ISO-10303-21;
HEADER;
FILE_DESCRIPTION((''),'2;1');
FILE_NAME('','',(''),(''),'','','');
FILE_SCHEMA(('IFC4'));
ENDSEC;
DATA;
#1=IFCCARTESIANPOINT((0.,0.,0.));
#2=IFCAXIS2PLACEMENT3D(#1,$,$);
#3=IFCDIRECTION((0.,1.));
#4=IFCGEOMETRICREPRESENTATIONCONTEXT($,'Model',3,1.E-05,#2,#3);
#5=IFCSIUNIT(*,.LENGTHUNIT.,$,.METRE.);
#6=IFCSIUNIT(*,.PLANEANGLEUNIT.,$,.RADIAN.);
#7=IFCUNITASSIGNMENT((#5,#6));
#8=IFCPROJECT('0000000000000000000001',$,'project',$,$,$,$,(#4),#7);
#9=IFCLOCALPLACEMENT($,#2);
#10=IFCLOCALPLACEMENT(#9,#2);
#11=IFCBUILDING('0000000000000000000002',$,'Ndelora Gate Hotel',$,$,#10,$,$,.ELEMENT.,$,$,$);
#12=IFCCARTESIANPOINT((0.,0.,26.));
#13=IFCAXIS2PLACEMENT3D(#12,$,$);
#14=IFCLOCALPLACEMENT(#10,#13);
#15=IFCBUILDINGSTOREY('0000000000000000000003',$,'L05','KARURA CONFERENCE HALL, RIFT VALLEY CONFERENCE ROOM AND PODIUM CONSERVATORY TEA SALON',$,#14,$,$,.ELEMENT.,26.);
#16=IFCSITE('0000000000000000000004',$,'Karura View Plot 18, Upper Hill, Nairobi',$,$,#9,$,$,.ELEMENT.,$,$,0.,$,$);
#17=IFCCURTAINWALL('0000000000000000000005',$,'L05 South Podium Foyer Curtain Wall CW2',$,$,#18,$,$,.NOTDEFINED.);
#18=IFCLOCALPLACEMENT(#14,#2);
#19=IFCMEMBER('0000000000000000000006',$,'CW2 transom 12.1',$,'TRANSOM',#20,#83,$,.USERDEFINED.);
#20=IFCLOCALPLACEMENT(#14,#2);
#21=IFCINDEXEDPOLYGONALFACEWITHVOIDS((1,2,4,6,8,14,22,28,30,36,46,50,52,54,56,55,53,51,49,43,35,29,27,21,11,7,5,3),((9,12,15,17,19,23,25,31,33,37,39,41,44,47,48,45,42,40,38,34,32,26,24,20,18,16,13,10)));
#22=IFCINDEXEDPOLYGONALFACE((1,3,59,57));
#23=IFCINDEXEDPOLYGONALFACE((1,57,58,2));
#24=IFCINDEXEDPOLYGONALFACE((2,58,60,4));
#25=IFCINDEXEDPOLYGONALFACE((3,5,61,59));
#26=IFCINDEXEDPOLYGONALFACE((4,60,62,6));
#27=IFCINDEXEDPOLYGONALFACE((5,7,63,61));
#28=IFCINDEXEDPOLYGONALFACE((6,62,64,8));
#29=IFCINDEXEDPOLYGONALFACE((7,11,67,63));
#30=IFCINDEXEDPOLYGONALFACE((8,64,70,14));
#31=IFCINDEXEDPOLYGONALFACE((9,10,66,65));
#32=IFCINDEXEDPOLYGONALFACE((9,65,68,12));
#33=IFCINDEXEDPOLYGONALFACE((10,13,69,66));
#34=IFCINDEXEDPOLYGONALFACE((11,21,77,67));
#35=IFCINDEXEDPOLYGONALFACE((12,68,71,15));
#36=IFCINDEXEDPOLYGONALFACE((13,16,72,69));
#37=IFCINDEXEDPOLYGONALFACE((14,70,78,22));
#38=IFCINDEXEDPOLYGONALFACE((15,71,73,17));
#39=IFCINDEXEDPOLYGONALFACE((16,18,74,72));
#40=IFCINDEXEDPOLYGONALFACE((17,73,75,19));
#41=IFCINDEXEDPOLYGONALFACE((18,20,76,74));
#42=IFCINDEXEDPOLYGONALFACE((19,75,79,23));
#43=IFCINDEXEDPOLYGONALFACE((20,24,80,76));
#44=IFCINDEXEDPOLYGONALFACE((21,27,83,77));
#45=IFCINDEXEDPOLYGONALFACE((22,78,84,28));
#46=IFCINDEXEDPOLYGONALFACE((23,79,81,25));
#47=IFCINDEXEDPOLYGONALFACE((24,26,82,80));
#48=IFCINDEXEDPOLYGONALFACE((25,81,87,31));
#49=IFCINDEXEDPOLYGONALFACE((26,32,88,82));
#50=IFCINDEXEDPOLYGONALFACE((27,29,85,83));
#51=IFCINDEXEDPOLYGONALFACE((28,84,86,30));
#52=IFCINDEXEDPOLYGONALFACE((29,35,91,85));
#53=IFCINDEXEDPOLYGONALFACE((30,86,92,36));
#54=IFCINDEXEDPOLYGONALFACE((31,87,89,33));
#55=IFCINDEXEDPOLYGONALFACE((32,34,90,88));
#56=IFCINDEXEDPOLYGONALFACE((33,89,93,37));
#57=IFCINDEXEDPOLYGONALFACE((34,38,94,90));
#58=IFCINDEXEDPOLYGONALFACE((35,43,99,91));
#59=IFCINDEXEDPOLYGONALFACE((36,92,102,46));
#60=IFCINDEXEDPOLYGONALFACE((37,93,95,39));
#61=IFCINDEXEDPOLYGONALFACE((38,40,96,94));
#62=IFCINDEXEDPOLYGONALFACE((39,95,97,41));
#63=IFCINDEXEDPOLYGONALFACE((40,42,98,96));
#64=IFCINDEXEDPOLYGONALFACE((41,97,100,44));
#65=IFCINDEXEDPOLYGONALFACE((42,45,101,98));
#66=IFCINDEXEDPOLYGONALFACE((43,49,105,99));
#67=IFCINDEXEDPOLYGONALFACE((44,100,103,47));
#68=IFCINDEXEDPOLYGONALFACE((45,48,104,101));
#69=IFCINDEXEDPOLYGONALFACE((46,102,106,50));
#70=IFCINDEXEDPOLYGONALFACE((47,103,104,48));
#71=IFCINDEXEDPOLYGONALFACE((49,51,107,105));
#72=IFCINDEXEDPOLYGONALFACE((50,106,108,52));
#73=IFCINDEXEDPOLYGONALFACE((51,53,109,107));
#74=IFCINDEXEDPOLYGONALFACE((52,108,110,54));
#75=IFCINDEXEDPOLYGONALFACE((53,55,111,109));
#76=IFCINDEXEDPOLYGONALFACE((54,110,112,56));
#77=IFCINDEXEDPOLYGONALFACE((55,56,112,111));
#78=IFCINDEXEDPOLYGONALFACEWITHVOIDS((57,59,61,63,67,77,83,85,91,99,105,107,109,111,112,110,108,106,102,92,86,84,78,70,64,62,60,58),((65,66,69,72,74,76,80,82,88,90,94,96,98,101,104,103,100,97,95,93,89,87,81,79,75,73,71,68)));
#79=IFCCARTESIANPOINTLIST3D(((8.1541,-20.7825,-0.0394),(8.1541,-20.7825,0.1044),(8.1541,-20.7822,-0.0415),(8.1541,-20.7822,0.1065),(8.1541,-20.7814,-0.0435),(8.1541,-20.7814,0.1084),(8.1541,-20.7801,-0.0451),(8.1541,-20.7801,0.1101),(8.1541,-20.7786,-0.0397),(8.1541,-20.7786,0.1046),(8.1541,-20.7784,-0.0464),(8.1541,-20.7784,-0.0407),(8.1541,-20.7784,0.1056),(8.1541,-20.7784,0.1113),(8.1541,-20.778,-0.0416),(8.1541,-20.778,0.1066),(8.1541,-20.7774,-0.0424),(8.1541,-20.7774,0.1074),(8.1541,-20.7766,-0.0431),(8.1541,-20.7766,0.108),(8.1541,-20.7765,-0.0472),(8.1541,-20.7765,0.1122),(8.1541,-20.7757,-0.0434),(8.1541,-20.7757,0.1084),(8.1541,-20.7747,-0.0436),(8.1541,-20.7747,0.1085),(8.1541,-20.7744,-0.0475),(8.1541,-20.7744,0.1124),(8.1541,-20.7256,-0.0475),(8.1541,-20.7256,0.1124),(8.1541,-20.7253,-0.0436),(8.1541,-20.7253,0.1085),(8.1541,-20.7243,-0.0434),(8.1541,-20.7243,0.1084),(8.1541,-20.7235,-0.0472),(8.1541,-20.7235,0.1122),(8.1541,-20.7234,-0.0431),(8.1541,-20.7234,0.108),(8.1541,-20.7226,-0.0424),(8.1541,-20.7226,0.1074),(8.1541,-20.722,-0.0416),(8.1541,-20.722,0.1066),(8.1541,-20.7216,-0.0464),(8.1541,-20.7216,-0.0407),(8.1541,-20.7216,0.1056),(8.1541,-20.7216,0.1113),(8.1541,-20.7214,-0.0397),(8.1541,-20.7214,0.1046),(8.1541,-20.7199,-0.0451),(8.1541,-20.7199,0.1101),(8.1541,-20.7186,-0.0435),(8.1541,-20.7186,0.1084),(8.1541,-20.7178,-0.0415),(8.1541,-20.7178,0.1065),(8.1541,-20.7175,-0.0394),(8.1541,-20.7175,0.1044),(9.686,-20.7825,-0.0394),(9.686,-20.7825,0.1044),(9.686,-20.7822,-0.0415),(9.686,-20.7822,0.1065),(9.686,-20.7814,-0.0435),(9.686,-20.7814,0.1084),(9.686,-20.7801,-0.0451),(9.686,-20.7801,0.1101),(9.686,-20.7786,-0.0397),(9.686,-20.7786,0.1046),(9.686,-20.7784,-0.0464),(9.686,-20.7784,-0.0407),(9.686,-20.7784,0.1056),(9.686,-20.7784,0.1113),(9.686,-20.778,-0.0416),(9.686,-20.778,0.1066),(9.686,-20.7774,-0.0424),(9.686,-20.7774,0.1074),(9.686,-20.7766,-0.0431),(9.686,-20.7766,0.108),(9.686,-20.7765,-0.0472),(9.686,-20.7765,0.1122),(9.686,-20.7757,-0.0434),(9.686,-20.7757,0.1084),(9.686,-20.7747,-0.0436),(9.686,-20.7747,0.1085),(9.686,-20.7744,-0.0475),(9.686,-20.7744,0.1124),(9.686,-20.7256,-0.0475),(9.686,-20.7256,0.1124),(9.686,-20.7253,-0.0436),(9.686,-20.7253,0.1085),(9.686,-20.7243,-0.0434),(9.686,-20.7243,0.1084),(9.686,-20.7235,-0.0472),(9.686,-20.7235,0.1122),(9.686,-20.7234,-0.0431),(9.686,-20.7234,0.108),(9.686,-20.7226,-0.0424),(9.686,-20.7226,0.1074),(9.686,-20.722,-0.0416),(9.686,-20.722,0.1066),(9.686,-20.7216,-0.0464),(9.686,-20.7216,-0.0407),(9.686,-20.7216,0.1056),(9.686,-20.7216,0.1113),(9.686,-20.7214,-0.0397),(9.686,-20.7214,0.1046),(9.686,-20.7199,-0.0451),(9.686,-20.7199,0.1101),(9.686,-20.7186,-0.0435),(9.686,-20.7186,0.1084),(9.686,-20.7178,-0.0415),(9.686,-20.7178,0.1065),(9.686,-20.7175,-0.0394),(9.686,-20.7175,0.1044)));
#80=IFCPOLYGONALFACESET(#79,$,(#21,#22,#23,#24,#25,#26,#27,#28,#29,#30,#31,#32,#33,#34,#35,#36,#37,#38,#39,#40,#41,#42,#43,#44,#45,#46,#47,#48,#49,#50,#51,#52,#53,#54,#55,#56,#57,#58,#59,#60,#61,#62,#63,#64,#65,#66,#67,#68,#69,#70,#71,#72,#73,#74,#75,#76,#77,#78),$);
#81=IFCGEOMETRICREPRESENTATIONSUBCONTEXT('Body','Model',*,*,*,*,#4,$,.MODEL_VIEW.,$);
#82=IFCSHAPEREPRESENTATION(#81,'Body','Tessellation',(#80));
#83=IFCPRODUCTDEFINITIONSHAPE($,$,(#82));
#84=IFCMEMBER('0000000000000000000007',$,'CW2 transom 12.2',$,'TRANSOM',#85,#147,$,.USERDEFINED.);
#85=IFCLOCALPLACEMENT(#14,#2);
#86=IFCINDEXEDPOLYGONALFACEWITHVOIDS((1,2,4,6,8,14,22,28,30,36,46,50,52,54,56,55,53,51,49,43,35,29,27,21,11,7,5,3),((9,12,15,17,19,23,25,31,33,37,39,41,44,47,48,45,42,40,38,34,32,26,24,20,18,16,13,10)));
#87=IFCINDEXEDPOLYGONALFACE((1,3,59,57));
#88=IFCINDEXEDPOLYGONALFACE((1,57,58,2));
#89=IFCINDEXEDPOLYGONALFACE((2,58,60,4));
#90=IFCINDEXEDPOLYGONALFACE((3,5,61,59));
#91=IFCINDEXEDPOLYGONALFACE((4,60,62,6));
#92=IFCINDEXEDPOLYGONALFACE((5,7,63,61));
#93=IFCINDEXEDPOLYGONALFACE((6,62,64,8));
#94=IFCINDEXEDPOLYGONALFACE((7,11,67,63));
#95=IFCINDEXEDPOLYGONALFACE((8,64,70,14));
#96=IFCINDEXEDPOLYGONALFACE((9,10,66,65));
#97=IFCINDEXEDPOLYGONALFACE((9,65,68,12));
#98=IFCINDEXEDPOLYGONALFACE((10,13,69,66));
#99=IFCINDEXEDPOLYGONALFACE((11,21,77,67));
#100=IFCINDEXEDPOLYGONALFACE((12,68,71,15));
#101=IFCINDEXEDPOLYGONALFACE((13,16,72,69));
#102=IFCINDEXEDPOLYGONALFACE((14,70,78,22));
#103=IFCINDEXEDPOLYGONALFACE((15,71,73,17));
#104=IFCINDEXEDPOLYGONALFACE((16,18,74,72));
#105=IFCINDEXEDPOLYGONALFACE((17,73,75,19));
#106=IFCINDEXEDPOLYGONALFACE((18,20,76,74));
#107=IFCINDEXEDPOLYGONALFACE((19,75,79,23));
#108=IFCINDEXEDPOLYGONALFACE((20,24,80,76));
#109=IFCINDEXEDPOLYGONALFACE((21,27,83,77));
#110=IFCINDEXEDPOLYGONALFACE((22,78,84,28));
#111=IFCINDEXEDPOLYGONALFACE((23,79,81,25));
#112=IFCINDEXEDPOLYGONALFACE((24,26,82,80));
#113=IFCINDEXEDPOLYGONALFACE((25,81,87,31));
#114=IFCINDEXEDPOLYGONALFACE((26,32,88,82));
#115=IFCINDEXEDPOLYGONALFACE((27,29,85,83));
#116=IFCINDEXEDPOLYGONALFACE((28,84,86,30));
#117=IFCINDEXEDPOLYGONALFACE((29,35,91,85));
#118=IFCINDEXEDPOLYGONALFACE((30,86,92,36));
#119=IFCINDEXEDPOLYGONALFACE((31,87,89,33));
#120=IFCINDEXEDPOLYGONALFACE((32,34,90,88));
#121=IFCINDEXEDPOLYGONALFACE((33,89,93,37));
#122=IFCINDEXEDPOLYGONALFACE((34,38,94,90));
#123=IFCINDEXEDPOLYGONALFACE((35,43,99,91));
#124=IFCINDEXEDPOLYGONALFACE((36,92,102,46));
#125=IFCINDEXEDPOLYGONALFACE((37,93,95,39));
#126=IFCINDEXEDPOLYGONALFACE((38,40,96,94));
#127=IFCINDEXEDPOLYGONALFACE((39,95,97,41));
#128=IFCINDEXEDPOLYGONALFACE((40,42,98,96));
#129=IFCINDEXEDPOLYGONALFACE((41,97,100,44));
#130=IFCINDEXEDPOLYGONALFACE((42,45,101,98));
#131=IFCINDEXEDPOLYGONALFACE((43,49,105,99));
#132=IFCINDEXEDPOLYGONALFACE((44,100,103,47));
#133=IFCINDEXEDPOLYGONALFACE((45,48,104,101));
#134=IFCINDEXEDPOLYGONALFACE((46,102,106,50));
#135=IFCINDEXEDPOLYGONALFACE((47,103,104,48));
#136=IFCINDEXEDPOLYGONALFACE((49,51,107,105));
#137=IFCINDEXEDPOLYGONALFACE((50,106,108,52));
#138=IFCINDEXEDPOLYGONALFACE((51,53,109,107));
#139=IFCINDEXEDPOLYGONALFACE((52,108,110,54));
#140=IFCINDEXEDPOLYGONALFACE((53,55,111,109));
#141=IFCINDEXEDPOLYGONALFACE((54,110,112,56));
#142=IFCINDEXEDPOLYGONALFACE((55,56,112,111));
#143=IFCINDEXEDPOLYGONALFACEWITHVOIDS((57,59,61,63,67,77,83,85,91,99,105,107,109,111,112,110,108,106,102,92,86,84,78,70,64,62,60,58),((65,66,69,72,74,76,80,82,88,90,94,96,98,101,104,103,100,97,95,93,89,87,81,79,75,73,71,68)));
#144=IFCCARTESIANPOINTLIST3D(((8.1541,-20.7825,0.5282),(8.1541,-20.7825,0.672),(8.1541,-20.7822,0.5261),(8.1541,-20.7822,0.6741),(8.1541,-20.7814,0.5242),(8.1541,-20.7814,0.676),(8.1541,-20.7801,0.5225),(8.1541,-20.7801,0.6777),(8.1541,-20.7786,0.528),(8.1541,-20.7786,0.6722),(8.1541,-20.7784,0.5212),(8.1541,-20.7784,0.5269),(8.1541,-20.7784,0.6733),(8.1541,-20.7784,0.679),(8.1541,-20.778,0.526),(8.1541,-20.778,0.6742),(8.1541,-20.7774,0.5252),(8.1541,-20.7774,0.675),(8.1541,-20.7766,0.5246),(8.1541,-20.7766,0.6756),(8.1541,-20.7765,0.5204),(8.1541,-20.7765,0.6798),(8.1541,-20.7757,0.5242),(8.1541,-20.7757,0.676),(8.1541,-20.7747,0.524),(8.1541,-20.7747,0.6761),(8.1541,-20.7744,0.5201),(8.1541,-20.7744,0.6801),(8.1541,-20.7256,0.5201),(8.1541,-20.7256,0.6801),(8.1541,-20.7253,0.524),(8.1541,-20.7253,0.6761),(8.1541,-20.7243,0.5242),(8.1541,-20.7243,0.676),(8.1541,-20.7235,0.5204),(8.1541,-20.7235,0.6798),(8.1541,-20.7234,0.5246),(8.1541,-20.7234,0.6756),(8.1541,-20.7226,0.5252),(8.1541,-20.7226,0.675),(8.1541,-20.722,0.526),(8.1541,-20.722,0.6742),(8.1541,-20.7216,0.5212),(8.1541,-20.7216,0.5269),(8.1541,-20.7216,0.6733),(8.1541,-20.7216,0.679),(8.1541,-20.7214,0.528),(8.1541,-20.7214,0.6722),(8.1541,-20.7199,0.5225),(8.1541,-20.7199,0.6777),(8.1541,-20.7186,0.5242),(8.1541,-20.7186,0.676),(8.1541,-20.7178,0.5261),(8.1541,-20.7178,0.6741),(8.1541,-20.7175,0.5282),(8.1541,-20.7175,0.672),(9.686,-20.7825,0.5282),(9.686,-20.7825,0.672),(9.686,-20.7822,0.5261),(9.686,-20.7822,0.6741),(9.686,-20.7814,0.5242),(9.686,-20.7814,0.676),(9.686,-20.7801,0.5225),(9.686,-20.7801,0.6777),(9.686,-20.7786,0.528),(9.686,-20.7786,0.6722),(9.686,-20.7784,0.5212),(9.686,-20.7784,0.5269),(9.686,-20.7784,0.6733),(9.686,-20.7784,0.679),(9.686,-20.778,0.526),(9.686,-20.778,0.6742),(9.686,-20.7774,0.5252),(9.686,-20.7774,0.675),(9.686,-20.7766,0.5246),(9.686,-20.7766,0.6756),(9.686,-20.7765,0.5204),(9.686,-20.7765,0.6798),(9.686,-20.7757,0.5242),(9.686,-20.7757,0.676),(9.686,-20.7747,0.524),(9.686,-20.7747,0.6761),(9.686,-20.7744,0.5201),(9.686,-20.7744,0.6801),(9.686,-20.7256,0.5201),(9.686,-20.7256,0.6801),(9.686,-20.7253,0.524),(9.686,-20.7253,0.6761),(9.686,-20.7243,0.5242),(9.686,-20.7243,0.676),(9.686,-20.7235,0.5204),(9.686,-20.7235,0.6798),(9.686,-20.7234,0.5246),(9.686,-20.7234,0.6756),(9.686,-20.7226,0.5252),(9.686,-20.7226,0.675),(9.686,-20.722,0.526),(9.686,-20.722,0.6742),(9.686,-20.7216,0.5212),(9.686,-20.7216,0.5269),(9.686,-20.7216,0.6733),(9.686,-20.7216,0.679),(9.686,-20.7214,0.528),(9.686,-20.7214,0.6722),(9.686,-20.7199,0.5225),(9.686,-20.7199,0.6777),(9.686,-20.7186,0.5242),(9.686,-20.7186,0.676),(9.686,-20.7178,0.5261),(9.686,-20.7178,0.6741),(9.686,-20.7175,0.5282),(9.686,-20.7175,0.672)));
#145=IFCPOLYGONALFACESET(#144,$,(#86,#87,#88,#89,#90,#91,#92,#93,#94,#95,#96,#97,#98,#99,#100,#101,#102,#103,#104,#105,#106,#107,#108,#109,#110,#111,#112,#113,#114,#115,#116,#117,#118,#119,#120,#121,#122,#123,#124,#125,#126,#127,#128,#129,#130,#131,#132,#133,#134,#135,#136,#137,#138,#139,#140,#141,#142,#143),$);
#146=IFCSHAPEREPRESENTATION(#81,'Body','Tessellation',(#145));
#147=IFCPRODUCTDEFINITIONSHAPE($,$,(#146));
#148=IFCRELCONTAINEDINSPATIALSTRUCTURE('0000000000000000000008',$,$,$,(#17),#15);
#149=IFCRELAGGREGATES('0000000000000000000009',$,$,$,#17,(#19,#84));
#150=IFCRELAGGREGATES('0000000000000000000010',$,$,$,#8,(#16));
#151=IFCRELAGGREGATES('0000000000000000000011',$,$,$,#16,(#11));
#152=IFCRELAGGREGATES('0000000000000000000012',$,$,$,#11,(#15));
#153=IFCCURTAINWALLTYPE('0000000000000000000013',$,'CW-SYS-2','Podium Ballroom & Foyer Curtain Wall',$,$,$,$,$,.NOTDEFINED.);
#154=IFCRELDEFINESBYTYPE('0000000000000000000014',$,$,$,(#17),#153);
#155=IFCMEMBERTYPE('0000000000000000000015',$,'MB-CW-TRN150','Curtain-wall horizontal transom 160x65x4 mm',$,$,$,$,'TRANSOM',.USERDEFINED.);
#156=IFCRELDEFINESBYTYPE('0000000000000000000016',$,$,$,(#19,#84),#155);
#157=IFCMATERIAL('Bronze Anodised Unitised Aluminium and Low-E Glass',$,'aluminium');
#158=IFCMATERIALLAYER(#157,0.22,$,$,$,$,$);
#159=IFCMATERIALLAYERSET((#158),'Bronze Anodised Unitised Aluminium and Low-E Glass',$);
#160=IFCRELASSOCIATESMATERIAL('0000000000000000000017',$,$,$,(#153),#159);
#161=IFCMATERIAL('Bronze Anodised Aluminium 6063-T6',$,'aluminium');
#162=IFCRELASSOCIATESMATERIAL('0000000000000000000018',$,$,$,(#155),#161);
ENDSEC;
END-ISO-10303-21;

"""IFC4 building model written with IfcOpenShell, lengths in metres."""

from ifc_helpers import new_model, si_unit, direction, frame, origin, origin_2d, place, context, subcontext, project, spatial, hollow_rectangle, extrude, material, layer, layer_set, material_profile, profile_set, type_object, element, aggregate, save


model = new_model("IFC4")

# Units and contexts
model_context = context("Model", 3, precision=1e-05, world=origin(), true_north=direction((0.0, 1.0)))
body_context = subcontext(model_context, "Body", "Model", "MODEL_VIEW")
ifc_project = project(units=[si_unit("LENGTHUNIT", "METRE"), si_unit("PLANEANGLEUNIT", "RADIAN")], contexts=[model_context])

# Site, building, storey
site_placement = place(None, origin())
site = spatial("IfcSite", under=ifc_project, at=site_placement, Name="Karura View Plot 18, Upper Hill, Nairobi", CompositionType="ELEMENT", RefElevation=0.0)
building_placement = place(site_placement, origin())
building = spatial("IfcBuilding", under=site, at=building_placement, Name="Ndelora Gate Hotel", CompositionType="ELEMENT")
storey_placement = place(building_placement, frame((0.0, 0.0, 26.0)))
storey = spatial("IfcBuildingStorey", under=building, at=storey_placement, Name="L05", Description="KARURA CONFERENCE HALL, RIFT VALLEY CONFERENCE ROOM AND PODIUM CONSERVATORY TEA SALON", CompositionType="ELEMENT", Elevation=26.0)

# Curtain wall, members
ifc_material_1 = material(Name="Bronze Anodised Unitised Aluminium and Low-E Glass", Category="aluminium")
ifc_layer_1 = layer(ifc_material_1, 0.22)
ifc_layer_set_1 = layer_set([ifc_layer_1], Name="Bronze Anodised Unitised Aluminium and Low-E Glass")
curtain_wall_type = type_object("IfcCurtainWallType", Name="CW-SYS-2", Description="Podium Ballroom & Foyer Curtain Wall", PredefinedType="NOTDEFINED", material=ifc_layer_set_1)
curtain_wall_placement = place(storey_placement, origin())
curtain_wall = element("IfcCurtainWall", 1, at=curtain_wall_placement, inside=storey, type_object=curtain_wall_type, Name="L05 South Podium Foyer Curtain Wall CW2", PredefinedType="NOTDEFINED")
ifc_material_2 = material(Name="Bronze Anodised Aluminium 6063-T6", Category="aluminium")
ifc_material_profile_1 = material_profile(ifc_material_2, hollow_rectangle(XDim=0.0649, YDim=0.1599, WallThickness=0.0039, InnerFilletRadius=0.0039, OuterFilletRadius=0.0081, at=origin_2d()), Name="ALU 160x65x4")
ifc_profile_set_1 = profile_set([ifc_material_profile_1], Name="Bronze Anodised Aluminium 6063-T6")
member_type_1 = type_object("IfcMemberType", Name="MB-CW-TRN150", Description="Curtain-wall horizontal transom 160x65x4 mm", ElementType="TRANSOM", PredefinedType="USERDEFINED", material=ifc_profile_set_1)
member_1_placement = place(storey_placement, frame((8.1541, -20.75, 0.0325), z_axis=(1.0, 0.0, 0.0), x_axis=(0.0, 1.0, 0.0)))
member_1 = element("IfcMember", 2, at=member_1_placement, type_object=member_type_1, Name="CW2 transom 12.1", ObjectType="TRANSOM", PredefinedType="USERDEFINED", context=body_context, shape_type="SweptSolid", body=[
    extrude(hollow_rectangle(XDim=0.0649, YDim=0.1599, WallThickness=0.0039, InnerFilletRadius=0.0039, OuterFilletRadius=0.0081, at=origin_2d()), origin(), (0.0, 0.0, 1.0), 1.532),
])
member_2_placement = place(storey_placement, frame((8.1541, -20.75, 0.6001), z_axis=(1.0, 0.0, 0.0), x_axis=(0.0, 1.0, 0.0)))
member_2 = element("IfcMember", 3, at=member_2_placement, type_object=member_type_1, Name="CW2 transom 12.2", ObjectType="TRANSOM", PredefinedType="USERDEFINED", context=body_context, shape_type="SweptSolid", body=[
    extrude(hollow_rectangle(XDim=0.0649, YDim=0.1599, WallThickness=0.0039, InnerFilletRadius=0.0039, OuterFilletRadius=0.0081, at=origin_2d()), origin(), (0.0, 0.0, 1.0), 1.532),
])
aggregate(curtain_wall, [member_1, member_2])

save(model, "model.ifc")
